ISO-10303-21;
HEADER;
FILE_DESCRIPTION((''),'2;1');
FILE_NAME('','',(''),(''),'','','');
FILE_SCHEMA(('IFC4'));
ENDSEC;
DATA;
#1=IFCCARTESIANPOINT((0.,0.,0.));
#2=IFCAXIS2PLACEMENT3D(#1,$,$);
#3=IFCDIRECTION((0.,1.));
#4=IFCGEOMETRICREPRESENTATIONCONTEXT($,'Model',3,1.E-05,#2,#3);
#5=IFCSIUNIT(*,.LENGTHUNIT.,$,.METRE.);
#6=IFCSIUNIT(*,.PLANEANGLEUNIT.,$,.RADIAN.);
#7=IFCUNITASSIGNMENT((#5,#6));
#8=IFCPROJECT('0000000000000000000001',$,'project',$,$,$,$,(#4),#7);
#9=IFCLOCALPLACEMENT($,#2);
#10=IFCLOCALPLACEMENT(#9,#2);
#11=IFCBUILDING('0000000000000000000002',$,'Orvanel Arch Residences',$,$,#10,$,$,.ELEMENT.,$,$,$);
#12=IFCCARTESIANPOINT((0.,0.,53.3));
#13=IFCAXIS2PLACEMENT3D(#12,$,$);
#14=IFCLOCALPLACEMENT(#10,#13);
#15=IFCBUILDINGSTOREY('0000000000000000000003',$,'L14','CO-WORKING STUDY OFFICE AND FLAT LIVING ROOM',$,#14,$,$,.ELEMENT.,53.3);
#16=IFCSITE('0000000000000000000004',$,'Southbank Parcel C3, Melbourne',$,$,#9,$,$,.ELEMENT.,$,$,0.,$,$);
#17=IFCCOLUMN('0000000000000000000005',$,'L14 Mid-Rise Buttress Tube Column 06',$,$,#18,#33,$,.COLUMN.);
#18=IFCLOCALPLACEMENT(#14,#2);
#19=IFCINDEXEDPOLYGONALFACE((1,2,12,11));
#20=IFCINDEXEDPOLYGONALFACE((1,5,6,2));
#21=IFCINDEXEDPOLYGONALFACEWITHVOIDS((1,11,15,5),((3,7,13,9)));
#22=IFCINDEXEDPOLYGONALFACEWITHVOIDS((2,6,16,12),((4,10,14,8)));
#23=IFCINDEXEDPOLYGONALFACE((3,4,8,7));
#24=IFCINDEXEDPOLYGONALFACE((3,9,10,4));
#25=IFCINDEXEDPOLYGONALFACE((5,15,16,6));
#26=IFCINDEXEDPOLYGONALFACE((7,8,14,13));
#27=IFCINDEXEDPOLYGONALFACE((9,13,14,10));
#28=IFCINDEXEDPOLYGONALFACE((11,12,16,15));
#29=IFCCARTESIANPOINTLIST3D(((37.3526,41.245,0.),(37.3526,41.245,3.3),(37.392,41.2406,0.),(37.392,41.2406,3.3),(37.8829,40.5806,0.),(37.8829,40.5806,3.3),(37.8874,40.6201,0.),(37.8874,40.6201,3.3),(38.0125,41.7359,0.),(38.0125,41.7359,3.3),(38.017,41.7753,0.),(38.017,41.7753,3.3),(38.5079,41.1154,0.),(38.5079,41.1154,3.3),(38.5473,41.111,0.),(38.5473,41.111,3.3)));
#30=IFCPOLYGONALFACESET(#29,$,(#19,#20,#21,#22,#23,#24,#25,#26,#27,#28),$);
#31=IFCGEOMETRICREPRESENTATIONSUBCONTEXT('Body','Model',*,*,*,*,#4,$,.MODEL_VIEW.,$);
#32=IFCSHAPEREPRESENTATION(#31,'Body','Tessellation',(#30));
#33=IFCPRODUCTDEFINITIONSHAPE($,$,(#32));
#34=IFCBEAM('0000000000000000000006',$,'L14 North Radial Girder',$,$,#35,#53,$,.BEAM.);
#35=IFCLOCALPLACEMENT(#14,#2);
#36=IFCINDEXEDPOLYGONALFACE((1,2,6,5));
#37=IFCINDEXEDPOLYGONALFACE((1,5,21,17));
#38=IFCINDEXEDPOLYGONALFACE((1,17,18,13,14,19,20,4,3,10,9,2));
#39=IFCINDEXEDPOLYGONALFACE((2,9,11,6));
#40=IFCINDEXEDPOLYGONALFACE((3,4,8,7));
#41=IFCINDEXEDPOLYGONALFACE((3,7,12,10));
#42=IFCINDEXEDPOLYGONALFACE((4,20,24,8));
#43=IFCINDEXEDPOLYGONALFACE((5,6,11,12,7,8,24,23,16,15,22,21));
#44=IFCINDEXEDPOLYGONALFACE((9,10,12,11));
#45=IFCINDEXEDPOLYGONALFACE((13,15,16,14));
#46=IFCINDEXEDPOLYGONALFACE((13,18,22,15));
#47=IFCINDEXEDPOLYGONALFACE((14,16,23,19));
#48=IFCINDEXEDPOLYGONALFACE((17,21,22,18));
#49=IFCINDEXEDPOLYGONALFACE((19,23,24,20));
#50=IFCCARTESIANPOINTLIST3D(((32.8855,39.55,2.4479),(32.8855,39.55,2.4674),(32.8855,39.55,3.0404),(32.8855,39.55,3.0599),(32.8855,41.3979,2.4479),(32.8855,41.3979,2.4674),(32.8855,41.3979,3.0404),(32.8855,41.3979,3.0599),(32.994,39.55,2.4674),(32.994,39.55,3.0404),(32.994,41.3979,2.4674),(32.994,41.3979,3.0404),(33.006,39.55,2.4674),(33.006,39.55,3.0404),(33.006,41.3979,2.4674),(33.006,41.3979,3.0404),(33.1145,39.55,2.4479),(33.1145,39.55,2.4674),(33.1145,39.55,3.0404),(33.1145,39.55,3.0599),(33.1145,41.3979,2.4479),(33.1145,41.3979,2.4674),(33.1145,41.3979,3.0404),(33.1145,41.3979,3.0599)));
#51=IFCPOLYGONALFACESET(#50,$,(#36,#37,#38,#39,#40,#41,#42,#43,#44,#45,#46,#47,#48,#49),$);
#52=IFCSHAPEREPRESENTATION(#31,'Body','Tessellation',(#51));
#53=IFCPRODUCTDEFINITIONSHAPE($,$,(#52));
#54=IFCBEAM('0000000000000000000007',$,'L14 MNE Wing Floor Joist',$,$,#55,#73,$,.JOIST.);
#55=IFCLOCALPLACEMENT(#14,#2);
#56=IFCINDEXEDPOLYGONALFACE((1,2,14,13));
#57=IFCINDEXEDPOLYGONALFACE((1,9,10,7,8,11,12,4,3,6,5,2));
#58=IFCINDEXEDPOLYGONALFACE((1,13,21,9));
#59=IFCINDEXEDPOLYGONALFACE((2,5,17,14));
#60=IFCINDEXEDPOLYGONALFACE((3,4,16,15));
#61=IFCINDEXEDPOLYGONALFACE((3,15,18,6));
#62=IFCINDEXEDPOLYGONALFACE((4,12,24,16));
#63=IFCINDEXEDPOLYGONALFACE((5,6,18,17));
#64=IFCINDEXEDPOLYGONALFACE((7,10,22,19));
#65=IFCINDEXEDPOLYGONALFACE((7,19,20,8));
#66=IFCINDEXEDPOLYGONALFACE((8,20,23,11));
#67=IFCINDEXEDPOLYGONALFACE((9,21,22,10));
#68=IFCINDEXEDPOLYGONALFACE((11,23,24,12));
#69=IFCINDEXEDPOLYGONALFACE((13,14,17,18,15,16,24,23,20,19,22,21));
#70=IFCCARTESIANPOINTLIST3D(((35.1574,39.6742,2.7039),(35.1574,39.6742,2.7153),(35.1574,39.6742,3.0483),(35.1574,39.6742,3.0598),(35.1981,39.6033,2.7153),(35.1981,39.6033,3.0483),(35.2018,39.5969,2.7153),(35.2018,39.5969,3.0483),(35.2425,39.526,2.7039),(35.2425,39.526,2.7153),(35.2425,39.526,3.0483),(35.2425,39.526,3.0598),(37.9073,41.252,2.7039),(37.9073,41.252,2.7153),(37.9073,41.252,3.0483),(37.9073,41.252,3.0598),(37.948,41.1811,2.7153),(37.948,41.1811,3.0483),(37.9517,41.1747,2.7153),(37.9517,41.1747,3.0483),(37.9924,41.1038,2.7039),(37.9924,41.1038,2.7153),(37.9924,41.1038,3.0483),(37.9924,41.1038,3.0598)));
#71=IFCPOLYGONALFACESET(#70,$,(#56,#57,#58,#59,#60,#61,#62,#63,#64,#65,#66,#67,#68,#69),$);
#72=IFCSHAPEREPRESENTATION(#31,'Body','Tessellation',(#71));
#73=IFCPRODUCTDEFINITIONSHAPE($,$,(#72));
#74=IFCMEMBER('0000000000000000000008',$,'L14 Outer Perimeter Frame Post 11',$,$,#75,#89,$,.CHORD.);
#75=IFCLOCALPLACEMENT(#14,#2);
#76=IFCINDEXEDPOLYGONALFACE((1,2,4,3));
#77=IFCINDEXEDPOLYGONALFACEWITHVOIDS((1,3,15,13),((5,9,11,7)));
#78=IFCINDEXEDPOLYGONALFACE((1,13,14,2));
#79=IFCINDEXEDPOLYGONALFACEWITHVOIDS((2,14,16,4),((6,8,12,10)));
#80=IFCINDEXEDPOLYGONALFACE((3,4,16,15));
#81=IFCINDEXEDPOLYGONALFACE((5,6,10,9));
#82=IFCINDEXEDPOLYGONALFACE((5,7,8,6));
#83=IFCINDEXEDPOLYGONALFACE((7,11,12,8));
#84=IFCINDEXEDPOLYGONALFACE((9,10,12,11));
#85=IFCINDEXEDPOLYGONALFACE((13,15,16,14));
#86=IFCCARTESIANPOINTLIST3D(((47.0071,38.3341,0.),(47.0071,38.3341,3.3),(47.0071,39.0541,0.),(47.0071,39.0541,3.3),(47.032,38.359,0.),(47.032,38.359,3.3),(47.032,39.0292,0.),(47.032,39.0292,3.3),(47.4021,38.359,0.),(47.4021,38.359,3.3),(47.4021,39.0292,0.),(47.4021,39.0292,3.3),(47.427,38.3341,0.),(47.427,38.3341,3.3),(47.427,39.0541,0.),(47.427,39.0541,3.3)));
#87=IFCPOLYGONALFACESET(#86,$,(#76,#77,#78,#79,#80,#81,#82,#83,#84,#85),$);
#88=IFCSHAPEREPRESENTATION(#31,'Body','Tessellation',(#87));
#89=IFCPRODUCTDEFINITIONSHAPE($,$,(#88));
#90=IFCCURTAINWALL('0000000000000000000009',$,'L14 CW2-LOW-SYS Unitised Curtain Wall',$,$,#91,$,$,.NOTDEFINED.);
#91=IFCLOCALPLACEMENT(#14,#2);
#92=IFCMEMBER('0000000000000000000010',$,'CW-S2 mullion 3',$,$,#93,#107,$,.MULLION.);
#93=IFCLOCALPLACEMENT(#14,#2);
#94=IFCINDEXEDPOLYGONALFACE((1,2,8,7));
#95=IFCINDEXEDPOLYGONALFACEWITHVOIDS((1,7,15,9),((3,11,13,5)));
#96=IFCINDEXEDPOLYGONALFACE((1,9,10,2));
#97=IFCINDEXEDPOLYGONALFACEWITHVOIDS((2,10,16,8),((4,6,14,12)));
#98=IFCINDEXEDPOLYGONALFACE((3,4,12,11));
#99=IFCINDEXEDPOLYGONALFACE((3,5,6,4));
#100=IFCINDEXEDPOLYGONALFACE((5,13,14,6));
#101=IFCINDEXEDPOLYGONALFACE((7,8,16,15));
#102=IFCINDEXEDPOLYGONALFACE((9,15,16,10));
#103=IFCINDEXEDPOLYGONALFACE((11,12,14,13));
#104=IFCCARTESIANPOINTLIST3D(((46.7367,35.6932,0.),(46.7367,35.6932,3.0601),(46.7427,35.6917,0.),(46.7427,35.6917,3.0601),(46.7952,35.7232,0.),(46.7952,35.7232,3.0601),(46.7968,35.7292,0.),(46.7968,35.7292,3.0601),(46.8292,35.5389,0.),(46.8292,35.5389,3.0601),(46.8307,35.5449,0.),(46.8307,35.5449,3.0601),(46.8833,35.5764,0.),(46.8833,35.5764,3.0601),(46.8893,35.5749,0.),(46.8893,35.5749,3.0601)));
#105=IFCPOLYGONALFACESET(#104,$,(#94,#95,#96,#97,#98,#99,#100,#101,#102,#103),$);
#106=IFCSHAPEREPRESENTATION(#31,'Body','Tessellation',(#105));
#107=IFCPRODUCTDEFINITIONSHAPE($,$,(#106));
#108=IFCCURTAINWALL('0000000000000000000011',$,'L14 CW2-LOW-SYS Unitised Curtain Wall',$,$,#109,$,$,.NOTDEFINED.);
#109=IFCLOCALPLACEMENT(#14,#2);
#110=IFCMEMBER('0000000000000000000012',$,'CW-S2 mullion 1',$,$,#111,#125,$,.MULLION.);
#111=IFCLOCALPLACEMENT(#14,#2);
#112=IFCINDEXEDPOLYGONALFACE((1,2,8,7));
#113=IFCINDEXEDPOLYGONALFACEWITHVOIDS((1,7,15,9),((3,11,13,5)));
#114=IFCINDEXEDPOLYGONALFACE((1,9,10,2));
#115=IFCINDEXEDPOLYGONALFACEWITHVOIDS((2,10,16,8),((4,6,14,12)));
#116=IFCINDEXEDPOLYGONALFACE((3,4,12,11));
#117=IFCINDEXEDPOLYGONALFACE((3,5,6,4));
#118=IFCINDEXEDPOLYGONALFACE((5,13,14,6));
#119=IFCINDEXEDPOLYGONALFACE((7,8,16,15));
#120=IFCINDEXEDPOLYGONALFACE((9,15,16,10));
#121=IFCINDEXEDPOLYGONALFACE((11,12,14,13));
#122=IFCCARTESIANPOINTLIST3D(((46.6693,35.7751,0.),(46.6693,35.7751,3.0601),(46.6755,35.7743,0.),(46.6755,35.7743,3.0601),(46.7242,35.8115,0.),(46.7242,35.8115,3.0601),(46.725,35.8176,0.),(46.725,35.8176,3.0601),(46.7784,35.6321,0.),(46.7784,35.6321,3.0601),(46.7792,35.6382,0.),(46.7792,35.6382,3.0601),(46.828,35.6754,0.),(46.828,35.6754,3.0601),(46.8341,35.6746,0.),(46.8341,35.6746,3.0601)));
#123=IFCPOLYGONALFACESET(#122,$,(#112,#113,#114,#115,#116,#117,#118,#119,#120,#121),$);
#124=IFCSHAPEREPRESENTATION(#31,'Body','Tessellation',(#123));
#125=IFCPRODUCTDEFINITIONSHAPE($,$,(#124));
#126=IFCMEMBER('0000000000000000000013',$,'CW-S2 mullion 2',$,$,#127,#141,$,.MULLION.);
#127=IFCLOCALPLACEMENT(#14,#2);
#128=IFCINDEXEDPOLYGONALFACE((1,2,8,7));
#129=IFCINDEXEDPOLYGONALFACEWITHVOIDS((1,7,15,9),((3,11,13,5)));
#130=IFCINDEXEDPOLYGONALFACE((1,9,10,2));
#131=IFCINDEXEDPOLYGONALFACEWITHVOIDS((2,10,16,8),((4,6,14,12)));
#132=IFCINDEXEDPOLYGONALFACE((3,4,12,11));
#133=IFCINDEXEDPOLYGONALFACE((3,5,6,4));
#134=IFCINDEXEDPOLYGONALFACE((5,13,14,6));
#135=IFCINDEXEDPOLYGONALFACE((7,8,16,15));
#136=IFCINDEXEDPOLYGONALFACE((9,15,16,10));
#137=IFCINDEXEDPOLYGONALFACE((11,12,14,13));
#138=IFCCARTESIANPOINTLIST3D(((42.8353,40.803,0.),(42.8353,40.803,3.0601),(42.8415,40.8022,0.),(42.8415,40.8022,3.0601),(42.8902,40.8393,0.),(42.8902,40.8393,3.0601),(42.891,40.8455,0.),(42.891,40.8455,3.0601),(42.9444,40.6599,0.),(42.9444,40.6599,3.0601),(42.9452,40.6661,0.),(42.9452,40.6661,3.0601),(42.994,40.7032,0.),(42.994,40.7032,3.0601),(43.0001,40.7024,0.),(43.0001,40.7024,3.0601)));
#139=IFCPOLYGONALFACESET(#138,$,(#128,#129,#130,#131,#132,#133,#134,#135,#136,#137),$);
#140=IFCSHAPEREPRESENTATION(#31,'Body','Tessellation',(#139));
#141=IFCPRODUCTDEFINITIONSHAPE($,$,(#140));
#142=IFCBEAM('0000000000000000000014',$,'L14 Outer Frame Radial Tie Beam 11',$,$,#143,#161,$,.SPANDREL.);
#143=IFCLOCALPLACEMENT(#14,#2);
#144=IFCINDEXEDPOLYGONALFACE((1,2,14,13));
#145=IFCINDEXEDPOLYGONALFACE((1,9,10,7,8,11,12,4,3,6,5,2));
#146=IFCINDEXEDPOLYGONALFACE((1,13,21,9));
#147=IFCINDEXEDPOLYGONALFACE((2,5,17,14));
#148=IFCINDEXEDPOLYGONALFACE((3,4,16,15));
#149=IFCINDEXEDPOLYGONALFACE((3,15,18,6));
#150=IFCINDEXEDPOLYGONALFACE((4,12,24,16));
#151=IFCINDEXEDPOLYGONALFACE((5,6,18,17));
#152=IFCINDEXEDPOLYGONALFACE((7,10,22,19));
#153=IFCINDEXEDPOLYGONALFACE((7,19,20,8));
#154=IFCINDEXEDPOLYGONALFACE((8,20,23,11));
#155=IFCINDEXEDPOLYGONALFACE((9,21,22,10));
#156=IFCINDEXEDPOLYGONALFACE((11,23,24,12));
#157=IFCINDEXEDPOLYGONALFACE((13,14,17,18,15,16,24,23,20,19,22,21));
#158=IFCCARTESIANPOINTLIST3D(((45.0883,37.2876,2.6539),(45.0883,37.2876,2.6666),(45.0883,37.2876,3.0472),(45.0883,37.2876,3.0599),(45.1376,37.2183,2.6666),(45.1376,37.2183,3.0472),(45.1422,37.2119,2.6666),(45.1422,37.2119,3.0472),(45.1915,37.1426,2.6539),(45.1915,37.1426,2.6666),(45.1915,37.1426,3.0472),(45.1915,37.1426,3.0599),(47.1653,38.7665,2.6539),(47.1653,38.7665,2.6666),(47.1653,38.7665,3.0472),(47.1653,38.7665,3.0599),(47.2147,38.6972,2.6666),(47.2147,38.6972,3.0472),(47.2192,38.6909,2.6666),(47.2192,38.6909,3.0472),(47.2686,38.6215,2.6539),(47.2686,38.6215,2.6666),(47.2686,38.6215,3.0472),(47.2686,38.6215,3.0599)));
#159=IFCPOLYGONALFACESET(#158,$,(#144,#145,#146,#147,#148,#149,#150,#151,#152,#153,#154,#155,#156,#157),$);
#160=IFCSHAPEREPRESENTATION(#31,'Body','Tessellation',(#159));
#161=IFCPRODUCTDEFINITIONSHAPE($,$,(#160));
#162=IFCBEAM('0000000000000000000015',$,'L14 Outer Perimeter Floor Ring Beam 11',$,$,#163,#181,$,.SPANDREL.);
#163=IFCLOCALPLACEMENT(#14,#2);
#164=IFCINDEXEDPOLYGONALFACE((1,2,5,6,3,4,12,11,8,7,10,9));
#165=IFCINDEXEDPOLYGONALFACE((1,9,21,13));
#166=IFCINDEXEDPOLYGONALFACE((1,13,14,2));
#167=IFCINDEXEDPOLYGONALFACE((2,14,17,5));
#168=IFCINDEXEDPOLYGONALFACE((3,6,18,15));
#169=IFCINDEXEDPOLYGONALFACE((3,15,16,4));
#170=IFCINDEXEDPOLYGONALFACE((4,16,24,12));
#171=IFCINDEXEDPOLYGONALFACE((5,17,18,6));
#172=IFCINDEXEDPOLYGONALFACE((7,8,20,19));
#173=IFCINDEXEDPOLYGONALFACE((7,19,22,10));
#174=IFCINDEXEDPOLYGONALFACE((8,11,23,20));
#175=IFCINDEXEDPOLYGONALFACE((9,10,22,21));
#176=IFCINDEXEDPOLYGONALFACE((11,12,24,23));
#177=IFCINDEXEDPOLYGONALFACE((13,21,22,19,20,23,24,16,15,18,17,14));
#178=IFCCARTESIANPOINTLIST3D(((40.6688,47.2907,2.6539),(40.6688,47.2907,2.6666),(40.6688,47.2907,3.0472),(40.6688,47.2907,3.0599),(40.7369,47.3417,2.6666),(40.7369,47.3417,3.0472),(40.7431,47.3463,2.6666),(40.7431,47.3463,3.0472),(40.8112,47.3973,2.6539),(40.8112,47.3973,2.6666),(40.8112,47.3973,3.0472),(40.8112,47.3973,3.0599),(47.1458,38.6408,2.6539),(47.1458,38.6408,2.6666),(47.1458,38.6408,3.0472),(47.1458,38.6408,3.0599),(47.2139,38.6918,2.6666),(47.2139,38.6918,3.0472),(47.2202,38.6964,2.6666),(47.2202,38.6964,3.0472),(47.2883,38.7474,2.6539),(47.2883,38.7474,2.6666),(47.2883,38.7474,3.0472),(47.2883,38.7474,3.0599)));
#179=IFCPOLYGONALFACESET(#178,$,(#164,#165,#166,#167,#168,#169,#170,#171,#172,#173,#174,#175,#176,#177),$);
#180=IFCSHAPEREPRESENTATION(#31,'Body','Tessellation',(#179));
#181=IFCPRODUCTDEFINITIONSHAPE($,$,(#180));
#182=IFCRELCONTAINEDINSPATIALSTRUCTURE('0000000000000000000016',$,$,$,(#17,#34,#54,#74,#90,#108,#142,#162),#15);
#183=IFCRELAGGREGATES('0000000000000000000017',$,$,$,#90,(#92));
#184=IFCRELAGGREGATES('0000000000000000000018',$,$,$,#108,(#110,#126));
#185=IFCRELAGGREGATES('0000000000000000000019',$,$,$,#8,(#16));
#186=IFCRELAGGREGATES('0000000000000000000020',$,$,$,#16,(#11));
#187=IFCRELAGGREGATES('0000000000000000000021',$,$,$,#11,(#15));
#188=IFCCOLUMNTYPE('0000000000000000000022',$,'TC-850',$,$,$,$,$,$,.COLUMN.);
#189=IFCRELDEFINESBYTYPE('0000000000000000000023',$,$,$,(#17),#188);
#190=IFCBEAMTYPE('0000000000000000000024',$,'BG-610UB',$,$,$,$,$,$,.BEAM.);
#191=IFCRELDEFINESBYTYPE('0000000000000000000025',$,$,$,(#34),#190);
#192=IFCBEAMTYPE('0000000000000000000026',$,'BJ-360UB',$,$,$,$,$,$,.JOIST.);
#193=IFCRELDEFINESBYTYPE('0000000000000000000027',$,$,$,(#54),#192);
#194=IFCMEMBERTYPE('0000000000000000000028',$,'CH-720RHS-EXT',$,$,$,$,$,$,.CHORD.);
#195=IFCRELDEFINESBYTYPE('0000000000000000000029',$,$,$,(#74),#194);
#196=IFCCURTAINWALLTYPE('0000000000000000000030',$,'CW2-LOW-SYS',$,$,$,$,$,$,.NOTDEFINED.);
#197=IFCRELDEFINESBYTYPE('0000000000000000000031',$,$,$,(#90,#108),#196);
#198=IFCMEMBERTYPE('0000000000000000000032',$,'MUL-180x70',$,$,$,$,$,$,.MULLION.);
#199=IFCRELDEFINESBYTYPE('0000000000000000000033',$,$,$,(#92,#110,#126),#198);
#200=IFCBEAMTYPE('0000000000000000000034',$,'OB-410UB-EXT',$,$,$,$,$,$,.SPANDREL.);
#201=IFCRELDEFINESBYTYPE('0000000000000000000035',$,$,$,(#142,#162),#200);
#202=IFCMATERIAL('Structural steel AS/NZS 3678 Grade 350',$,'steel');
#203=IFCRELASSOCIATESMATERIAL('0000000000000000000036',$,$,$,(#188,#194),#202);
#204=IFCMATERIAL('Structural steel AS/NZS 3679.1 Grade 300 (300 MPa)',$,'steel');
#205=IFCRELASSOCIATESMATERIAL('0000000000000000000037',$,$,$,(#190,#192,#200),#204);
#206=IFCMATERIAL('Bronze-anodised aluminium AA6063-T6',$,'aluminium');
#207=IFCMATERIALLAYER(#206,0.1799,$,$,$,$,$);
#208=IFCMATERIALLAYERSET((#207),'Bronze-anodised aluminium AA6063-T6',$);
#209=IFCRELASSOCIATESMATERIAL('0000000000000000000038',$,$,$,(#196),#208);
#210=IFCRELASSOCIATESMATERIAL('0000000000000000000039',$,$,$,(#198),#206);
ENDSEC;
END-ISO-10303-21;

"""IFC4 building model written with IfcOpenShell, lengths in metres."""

from ifc_helpers import new_model, si_unit, direction, frame, origin, origin_2d, place, context, subcontext, project, spatial, hollow_rectangle, i_section, extrude, material, layer, layer_set, material_profile, profile_set, type_object, element, aggregate, save


model = new_model("IFC4")

# Units and contexts
model_context = context("Model", 3, precision=1e-05, world=origin(), true_north=direction((0.0, 1.0)))
body_context = subcontext(model_context, "Body", "Model", "MODEL_VIEW")
ifc_project = project(units=[si_unit("LENGTHUNIT", "METRE"), si_unit("PLANEANGLEUNIT", "RADIAN")], contexts=[model_context])

# Site, building, storey
site_placement = place(None, origin())
site = spatial("IfcSite", under=ifc_project, at=site_placement, Name="Southbank Parcel C3, Melbourne", CompositionType="ELEMENT", RefElevation=0.0)
building_placement = place(site_placement, origin())
building = spatial("IfcBuilding", under=site, at=building_placement, Name="Orvanel Arch Residences", CompositionType="ELEMENT")
storey_placement = place(building_placement, frame((0.0, 0.0, 53.3)))
storey = spatial("IfcBuildingStorey", under=building, at=storey_placement, Name="L14", Description="CO-WORKING STUDY OFFICE AND FLAT LIVING ROOM", CompositionType="ELEMENT", Elevation=53.3)

# Column
ifc_material_1 = material(Name="Structural steel AS/NZS 3678 Grade 350", Category="steel")
ifc_material_profile_1 = material_profile(ifc_material_1, hollow_rectangle(XDim=0.8501, YDim=0.8501, WallThickness=0.0281, at=origin_2d()), Name="BOX850x850x28")
ifc_profile_set_1 = profile_set([ifc_material_profile_1], Name="Structural steel AS/NZS 3678 Grade 350")
column_type = type_object("IfcColumnType", Name="TC-850", PredefinedType="COLUMN", material=ifc_profile_set_1)
column_placement = place(storey_placement, frame((37.95, 41.178, 0.0), z_axis=(0.0, 0.0, 1.0), x_axis=(-0.62388, 0.78152, 0.0)))
element("IfcColumn", 1, at=column_placement, inside=storey, type_object=column_type, Name="L14 Mid-Rise Buttress Tube Column 06", PredefinedType="COLUMN", context=body_context, shape_type="SweptSolid", body=[
    extrude(hollow_rectangle(XDim=0.8501, YDim=0.8501, WallThickness=0.0281, at=origin_2d()), origin(), (0.0, 0.0, 1.0), 3.3),
])

# Beams
ifc_material_2 = material(Name="Structural steel AS/NZS 3679.1 Grade 300 (300 MPa)", Category="steel")
ifc_material_profile_2 = material_profile(ifc_material_2, i_section(OverallWidth=0.229, OverallDepth=0.6121, WebThickness=0.012, FlangeThickness=0.0195, at=origin_2d()), Name="610UB125")
ifc_profile_set_2 = profile_set([ifc_material_profile_2], Name="Structural steel AS/NZS 3679.1 Grade 300 (300 MPa)")
beam_type_1 = type_object("IfcBeamType", Name="BG-610UB", PredefinedType="BEAM", material=ifc_profile_set_2)
beam_1_placement = place(storey_placement, frame((33.0, 39.55, 2.7539), z_axis=(0.0, 1.0, 0.0), x_axis=(-1.0, 0.0, 0.0)))
element("IfcBeam", 2, at=beam_1_placement, inside=storey, type_object=beam_type_1, Name="L14 North Radial Girder", PredefinedType="BEAM", context=body_context, shape_type="SweptSolid", body=[
    extrude(i_section(OverallWidth=0.229, OverallDepth=0.6121, WebThickness=0.012, FlangeThickness=0.0195, at=origin_2d()), origin(), (0.0, 0.0, 1.0), 1.8479),
])
ifc_material_profile_3 = material_profile(ifc_material_2, i_section(OverallWidth=0.1709, OverallDepth=0.356, WebThickness=0.0073, FlangeThickness=0.0115, at=origin_2d()), Name="360UB50.7")
ifc_profile_set_3 = profile_set([ifc_material_profile_3], Name="Structural steel AS/NZS 3679.1 Grade 300 (300 MPa)")
beam_type_2 = type_object("IfcBeamType", Name="BJ-360UB", PredefinedType="JOIST", material=ifc_profile_set_3)
beam_2_placement = place(storey_placement, frame((35.2, 39.6001, 2.8818), z_axis=(0.867365, 0.497672, 0.0), x_axis=(-0.497672, 0.867365, 0.0)))
element("IfcBeam", 3, at=beam_2_placement, inside=storey, type_object=beam_type_2, Name="L14 MNE Wing Floor Joist", PredefinedType="JOIST", context=body_context, shape_type="SweptSolid", body=[
    extrude(i_section(OverallWidth=0.1709, OverallDepth=0.356, WebThickness=0.0073, FlangeThickness=0.0115, at=origin_2d()), origin(), (0.0, 0.0, 1.0), 3.1704),
])

# Member
ifc_material_profile_4 = material_profile(ifc_material_1, hollow_rectangle(XDim=0.4199, YDim=0.72, WallThickness=0.0249, at=origin_2d()), Name="RHS720x420x25")
ifc_profile_set_4 = profile_set([ifc_material_profile_4], Name="Structural steel AS/NZS 3678 Grade 350")
member_type_1 = type_object("IfcMemberType", Name="CH-720RHS-EXT", PredefinedType="CHORD", material=ifc_profile_set_4)
member_1_placement = place(storey_placement, frame((47.217, 38.6941, 0.0), z_axis=(0.0, 0.0, 1.0), x_axis=(1.0, 0.0, 0.0)))
element("IfcMember", 4, at=member_1_placement, inside=storey, type_object=member_type_1, Name="L14 Outer Perimeter Frame Post 11", PredefinedType="CHORD", context=body_context, shape_type="SweptSolid", body=[
    extrude(hollow_rectangle(XDim=0.4199, YDim=0.72, WallThickness=0.0249, at=origin_2d()), origin(), (0.0, 0.0, 1.0), 3.3),
])

# Curtain wall, member
ifc_material_3 = material(Name="Bronze-anodised aluminium AA6063-T6", Category="aluminium")
ifc_layer_1 = layer(ifc_material_3, 0.1799)
ifc_layer_set_1 = layer_set([ifc_layer_1], Name="Bronze-anodised aluminium AA6063-T6")
curtain_wall_type = type_object("IfcCurtainWallType", Name="CW2-LOW-SYS", PredefinedType="NOTDEFINED", material=ifc_layer_set_1)
curtain_wall_1_placement = place(storey_placement, origin())
curtain_wall_1 = element("IfcCurtainWall", 5, at=curtain_wall_1_placement, inside=storey, type_object=curtain_wall_type, Name="L14 CW2-LOW-SYS Unitised Curtain Wall", PredefinedType="NOTDEFINED")
ifc_material_profile_5 = material_profile(ifc_material_3, hollow_rectangle(XDim=0.0701, YDim=0.1799, WallThickness=0.0044, at=origin_2d()), Name="ALU180x70x4.5")
ifc_profile_set_5 = profile_set([ifc_material_profile_5], Name="Bronze-anodised aluminium AA6063-T6")
member_type_2 = type_object("IfcMemberType", Name="MUL-180x70", PredefinedType="MULLION", material=ifc_profile_set_5)
member_2_placement = place(storey_placement, frame((46.813, 35.634, 0.0), z_axis=(0.0, 0.0, 1.0), x_axis=(-0.85757, -0.514368, 0.0)))
member_2 = element("IfcMember", 6, at=member_2_placement, type_object=member_type_2, Name="CW-S2 mullion 3", PredefinedType="MULLION", context=body_context, shape_type="SweptSolid", body=[
    extrude(hollow_rectangle(XDim=0.0701, YDim=0.1799, WallThickness=0.0044, at=origin_2d()), origin(), (0.0, 0.0, 1.0), 3.0601),
])
aggregate(curtain_wall_1, [member_2])

# Curtain wall, members
curtain_wall_2_placement = place(storey_placement, origin())
curtain_wall_2 = element("IfcCurtainWall", 7, at=curtain_wall_2_placement, inside=storey, type_object=curtain_wall_type, Name="L14 CW2-LOW-SYS Unitised Curtain Wall", PredefinedType="NOTDEFINED")
member_3_placement = place(storey_placement, frame((46.7517, 35.7249, 0.0), z_axis=(0.0, 0.0, 1.0), x_axis=(-0.795174, -0.606381, 0.0)))
member_3 = element("IfcMember", 8, at=member_3_placement, type_object=member_type_2, Name="CW-S2 mullion 1", PredefinedType="MULLION", context=body_context, shape_type="SweptSolid", body=[
    extrude(hollow_rectangle(XDim=0.0701, YDim=0.1799, WallThickness=0.0044, at=origin_2d()), origin(), (0.0, 0.0, 1.0), 3.0601),
])
member_4_placement = place(storey_placement, frame((42.9177, 40.7527, 0.0), z_axis=(0.0, 0.0, 1.0), x_axis=(-0.795174, -0.606381, 0.0)))
member_4 = element("IfcMember", 9, at=member_4_placement, type_object=member_type_2, Name="CW-S2 mullion 2", PredefinedType="MULLION", context=body_context, shape_type="SweptSolid", body=[
    extrude(hollow_rectangle(XDim=0.0701, YDim=0.1799, WallThickness=0.0044, at=origin_2d()), origin(), (0.0, 0.0, 1.0), 3.0601),
])

# Beams
ifc_material_profile_6 = material_profile(ifc_material_2, i_section(OverallWidth=0.178, OverallDepth=0.406, WebThickness=0.0078, FlangeThickness=0.0127, at=origin_2d()), Name="410UB59.7")
ifc_profile_set_6 = profile_set([ifc_material_profile_6], Name="Structural steel AS/NZS 3679.1 Grade 300 (300 MPa)")
beam_type_3 = type_object("IfcBeamType", Name="OB-410UB-EXT", PredefinedType="SPANDREL", material=ifc_profile_set_6)
beam_3_placement = place(storey_placement, frame((45.1399, 37.2151, 2.8569), z_axis=(0.814599, 0.580024, 0.0), x_axis=(-0.580024, 0.814599, 0.0)))
element("IfcBeam", 10, at=beam_3_placement, inside=storey, type_object=beam_type_3, Name="L14 Outer Frame Radial Tie Beam 11", PredefinedType="SPANDREL", context=body_context, shape_type="SweptSolid", body=[
    extrude(i_section(OverallWidth=0.178, OverallDepth=0.406, WebThickness=0.0078, FlangeThickness=0.0127, at=origin_2d()), origin(), (0.0, 0.0, 1.0), 2.5498),
])
beam_4_placement = place(storey_placement, frame((47.217, 38.6941, 2.8569), z_axis=(-0.599385, 0.800461, 0.0), x_axis=(-0.800461, -0.599385, 0.0)))
element("IfcBeam", 11, at=beam_4_placement, inside=storey, type_object=beam_type_3, Name="L14 Outer Perimeter Floor Ring Beam 11", PredefinedType="SPANDREL", context=body_context, shape_type="SweptSolid", body=[
    extrude(i_section(OverallWidth=0.178, OverallDepth=0.406, WebThickness=0.0078, FlangeThickness=0.0127, at=origin_2d()), origin(), (0.0, 0.0, 1.0), 10.8062),
])

aggregate(curtain_wall_2, [member_3, member_4])

save(model, "model.ifc")
